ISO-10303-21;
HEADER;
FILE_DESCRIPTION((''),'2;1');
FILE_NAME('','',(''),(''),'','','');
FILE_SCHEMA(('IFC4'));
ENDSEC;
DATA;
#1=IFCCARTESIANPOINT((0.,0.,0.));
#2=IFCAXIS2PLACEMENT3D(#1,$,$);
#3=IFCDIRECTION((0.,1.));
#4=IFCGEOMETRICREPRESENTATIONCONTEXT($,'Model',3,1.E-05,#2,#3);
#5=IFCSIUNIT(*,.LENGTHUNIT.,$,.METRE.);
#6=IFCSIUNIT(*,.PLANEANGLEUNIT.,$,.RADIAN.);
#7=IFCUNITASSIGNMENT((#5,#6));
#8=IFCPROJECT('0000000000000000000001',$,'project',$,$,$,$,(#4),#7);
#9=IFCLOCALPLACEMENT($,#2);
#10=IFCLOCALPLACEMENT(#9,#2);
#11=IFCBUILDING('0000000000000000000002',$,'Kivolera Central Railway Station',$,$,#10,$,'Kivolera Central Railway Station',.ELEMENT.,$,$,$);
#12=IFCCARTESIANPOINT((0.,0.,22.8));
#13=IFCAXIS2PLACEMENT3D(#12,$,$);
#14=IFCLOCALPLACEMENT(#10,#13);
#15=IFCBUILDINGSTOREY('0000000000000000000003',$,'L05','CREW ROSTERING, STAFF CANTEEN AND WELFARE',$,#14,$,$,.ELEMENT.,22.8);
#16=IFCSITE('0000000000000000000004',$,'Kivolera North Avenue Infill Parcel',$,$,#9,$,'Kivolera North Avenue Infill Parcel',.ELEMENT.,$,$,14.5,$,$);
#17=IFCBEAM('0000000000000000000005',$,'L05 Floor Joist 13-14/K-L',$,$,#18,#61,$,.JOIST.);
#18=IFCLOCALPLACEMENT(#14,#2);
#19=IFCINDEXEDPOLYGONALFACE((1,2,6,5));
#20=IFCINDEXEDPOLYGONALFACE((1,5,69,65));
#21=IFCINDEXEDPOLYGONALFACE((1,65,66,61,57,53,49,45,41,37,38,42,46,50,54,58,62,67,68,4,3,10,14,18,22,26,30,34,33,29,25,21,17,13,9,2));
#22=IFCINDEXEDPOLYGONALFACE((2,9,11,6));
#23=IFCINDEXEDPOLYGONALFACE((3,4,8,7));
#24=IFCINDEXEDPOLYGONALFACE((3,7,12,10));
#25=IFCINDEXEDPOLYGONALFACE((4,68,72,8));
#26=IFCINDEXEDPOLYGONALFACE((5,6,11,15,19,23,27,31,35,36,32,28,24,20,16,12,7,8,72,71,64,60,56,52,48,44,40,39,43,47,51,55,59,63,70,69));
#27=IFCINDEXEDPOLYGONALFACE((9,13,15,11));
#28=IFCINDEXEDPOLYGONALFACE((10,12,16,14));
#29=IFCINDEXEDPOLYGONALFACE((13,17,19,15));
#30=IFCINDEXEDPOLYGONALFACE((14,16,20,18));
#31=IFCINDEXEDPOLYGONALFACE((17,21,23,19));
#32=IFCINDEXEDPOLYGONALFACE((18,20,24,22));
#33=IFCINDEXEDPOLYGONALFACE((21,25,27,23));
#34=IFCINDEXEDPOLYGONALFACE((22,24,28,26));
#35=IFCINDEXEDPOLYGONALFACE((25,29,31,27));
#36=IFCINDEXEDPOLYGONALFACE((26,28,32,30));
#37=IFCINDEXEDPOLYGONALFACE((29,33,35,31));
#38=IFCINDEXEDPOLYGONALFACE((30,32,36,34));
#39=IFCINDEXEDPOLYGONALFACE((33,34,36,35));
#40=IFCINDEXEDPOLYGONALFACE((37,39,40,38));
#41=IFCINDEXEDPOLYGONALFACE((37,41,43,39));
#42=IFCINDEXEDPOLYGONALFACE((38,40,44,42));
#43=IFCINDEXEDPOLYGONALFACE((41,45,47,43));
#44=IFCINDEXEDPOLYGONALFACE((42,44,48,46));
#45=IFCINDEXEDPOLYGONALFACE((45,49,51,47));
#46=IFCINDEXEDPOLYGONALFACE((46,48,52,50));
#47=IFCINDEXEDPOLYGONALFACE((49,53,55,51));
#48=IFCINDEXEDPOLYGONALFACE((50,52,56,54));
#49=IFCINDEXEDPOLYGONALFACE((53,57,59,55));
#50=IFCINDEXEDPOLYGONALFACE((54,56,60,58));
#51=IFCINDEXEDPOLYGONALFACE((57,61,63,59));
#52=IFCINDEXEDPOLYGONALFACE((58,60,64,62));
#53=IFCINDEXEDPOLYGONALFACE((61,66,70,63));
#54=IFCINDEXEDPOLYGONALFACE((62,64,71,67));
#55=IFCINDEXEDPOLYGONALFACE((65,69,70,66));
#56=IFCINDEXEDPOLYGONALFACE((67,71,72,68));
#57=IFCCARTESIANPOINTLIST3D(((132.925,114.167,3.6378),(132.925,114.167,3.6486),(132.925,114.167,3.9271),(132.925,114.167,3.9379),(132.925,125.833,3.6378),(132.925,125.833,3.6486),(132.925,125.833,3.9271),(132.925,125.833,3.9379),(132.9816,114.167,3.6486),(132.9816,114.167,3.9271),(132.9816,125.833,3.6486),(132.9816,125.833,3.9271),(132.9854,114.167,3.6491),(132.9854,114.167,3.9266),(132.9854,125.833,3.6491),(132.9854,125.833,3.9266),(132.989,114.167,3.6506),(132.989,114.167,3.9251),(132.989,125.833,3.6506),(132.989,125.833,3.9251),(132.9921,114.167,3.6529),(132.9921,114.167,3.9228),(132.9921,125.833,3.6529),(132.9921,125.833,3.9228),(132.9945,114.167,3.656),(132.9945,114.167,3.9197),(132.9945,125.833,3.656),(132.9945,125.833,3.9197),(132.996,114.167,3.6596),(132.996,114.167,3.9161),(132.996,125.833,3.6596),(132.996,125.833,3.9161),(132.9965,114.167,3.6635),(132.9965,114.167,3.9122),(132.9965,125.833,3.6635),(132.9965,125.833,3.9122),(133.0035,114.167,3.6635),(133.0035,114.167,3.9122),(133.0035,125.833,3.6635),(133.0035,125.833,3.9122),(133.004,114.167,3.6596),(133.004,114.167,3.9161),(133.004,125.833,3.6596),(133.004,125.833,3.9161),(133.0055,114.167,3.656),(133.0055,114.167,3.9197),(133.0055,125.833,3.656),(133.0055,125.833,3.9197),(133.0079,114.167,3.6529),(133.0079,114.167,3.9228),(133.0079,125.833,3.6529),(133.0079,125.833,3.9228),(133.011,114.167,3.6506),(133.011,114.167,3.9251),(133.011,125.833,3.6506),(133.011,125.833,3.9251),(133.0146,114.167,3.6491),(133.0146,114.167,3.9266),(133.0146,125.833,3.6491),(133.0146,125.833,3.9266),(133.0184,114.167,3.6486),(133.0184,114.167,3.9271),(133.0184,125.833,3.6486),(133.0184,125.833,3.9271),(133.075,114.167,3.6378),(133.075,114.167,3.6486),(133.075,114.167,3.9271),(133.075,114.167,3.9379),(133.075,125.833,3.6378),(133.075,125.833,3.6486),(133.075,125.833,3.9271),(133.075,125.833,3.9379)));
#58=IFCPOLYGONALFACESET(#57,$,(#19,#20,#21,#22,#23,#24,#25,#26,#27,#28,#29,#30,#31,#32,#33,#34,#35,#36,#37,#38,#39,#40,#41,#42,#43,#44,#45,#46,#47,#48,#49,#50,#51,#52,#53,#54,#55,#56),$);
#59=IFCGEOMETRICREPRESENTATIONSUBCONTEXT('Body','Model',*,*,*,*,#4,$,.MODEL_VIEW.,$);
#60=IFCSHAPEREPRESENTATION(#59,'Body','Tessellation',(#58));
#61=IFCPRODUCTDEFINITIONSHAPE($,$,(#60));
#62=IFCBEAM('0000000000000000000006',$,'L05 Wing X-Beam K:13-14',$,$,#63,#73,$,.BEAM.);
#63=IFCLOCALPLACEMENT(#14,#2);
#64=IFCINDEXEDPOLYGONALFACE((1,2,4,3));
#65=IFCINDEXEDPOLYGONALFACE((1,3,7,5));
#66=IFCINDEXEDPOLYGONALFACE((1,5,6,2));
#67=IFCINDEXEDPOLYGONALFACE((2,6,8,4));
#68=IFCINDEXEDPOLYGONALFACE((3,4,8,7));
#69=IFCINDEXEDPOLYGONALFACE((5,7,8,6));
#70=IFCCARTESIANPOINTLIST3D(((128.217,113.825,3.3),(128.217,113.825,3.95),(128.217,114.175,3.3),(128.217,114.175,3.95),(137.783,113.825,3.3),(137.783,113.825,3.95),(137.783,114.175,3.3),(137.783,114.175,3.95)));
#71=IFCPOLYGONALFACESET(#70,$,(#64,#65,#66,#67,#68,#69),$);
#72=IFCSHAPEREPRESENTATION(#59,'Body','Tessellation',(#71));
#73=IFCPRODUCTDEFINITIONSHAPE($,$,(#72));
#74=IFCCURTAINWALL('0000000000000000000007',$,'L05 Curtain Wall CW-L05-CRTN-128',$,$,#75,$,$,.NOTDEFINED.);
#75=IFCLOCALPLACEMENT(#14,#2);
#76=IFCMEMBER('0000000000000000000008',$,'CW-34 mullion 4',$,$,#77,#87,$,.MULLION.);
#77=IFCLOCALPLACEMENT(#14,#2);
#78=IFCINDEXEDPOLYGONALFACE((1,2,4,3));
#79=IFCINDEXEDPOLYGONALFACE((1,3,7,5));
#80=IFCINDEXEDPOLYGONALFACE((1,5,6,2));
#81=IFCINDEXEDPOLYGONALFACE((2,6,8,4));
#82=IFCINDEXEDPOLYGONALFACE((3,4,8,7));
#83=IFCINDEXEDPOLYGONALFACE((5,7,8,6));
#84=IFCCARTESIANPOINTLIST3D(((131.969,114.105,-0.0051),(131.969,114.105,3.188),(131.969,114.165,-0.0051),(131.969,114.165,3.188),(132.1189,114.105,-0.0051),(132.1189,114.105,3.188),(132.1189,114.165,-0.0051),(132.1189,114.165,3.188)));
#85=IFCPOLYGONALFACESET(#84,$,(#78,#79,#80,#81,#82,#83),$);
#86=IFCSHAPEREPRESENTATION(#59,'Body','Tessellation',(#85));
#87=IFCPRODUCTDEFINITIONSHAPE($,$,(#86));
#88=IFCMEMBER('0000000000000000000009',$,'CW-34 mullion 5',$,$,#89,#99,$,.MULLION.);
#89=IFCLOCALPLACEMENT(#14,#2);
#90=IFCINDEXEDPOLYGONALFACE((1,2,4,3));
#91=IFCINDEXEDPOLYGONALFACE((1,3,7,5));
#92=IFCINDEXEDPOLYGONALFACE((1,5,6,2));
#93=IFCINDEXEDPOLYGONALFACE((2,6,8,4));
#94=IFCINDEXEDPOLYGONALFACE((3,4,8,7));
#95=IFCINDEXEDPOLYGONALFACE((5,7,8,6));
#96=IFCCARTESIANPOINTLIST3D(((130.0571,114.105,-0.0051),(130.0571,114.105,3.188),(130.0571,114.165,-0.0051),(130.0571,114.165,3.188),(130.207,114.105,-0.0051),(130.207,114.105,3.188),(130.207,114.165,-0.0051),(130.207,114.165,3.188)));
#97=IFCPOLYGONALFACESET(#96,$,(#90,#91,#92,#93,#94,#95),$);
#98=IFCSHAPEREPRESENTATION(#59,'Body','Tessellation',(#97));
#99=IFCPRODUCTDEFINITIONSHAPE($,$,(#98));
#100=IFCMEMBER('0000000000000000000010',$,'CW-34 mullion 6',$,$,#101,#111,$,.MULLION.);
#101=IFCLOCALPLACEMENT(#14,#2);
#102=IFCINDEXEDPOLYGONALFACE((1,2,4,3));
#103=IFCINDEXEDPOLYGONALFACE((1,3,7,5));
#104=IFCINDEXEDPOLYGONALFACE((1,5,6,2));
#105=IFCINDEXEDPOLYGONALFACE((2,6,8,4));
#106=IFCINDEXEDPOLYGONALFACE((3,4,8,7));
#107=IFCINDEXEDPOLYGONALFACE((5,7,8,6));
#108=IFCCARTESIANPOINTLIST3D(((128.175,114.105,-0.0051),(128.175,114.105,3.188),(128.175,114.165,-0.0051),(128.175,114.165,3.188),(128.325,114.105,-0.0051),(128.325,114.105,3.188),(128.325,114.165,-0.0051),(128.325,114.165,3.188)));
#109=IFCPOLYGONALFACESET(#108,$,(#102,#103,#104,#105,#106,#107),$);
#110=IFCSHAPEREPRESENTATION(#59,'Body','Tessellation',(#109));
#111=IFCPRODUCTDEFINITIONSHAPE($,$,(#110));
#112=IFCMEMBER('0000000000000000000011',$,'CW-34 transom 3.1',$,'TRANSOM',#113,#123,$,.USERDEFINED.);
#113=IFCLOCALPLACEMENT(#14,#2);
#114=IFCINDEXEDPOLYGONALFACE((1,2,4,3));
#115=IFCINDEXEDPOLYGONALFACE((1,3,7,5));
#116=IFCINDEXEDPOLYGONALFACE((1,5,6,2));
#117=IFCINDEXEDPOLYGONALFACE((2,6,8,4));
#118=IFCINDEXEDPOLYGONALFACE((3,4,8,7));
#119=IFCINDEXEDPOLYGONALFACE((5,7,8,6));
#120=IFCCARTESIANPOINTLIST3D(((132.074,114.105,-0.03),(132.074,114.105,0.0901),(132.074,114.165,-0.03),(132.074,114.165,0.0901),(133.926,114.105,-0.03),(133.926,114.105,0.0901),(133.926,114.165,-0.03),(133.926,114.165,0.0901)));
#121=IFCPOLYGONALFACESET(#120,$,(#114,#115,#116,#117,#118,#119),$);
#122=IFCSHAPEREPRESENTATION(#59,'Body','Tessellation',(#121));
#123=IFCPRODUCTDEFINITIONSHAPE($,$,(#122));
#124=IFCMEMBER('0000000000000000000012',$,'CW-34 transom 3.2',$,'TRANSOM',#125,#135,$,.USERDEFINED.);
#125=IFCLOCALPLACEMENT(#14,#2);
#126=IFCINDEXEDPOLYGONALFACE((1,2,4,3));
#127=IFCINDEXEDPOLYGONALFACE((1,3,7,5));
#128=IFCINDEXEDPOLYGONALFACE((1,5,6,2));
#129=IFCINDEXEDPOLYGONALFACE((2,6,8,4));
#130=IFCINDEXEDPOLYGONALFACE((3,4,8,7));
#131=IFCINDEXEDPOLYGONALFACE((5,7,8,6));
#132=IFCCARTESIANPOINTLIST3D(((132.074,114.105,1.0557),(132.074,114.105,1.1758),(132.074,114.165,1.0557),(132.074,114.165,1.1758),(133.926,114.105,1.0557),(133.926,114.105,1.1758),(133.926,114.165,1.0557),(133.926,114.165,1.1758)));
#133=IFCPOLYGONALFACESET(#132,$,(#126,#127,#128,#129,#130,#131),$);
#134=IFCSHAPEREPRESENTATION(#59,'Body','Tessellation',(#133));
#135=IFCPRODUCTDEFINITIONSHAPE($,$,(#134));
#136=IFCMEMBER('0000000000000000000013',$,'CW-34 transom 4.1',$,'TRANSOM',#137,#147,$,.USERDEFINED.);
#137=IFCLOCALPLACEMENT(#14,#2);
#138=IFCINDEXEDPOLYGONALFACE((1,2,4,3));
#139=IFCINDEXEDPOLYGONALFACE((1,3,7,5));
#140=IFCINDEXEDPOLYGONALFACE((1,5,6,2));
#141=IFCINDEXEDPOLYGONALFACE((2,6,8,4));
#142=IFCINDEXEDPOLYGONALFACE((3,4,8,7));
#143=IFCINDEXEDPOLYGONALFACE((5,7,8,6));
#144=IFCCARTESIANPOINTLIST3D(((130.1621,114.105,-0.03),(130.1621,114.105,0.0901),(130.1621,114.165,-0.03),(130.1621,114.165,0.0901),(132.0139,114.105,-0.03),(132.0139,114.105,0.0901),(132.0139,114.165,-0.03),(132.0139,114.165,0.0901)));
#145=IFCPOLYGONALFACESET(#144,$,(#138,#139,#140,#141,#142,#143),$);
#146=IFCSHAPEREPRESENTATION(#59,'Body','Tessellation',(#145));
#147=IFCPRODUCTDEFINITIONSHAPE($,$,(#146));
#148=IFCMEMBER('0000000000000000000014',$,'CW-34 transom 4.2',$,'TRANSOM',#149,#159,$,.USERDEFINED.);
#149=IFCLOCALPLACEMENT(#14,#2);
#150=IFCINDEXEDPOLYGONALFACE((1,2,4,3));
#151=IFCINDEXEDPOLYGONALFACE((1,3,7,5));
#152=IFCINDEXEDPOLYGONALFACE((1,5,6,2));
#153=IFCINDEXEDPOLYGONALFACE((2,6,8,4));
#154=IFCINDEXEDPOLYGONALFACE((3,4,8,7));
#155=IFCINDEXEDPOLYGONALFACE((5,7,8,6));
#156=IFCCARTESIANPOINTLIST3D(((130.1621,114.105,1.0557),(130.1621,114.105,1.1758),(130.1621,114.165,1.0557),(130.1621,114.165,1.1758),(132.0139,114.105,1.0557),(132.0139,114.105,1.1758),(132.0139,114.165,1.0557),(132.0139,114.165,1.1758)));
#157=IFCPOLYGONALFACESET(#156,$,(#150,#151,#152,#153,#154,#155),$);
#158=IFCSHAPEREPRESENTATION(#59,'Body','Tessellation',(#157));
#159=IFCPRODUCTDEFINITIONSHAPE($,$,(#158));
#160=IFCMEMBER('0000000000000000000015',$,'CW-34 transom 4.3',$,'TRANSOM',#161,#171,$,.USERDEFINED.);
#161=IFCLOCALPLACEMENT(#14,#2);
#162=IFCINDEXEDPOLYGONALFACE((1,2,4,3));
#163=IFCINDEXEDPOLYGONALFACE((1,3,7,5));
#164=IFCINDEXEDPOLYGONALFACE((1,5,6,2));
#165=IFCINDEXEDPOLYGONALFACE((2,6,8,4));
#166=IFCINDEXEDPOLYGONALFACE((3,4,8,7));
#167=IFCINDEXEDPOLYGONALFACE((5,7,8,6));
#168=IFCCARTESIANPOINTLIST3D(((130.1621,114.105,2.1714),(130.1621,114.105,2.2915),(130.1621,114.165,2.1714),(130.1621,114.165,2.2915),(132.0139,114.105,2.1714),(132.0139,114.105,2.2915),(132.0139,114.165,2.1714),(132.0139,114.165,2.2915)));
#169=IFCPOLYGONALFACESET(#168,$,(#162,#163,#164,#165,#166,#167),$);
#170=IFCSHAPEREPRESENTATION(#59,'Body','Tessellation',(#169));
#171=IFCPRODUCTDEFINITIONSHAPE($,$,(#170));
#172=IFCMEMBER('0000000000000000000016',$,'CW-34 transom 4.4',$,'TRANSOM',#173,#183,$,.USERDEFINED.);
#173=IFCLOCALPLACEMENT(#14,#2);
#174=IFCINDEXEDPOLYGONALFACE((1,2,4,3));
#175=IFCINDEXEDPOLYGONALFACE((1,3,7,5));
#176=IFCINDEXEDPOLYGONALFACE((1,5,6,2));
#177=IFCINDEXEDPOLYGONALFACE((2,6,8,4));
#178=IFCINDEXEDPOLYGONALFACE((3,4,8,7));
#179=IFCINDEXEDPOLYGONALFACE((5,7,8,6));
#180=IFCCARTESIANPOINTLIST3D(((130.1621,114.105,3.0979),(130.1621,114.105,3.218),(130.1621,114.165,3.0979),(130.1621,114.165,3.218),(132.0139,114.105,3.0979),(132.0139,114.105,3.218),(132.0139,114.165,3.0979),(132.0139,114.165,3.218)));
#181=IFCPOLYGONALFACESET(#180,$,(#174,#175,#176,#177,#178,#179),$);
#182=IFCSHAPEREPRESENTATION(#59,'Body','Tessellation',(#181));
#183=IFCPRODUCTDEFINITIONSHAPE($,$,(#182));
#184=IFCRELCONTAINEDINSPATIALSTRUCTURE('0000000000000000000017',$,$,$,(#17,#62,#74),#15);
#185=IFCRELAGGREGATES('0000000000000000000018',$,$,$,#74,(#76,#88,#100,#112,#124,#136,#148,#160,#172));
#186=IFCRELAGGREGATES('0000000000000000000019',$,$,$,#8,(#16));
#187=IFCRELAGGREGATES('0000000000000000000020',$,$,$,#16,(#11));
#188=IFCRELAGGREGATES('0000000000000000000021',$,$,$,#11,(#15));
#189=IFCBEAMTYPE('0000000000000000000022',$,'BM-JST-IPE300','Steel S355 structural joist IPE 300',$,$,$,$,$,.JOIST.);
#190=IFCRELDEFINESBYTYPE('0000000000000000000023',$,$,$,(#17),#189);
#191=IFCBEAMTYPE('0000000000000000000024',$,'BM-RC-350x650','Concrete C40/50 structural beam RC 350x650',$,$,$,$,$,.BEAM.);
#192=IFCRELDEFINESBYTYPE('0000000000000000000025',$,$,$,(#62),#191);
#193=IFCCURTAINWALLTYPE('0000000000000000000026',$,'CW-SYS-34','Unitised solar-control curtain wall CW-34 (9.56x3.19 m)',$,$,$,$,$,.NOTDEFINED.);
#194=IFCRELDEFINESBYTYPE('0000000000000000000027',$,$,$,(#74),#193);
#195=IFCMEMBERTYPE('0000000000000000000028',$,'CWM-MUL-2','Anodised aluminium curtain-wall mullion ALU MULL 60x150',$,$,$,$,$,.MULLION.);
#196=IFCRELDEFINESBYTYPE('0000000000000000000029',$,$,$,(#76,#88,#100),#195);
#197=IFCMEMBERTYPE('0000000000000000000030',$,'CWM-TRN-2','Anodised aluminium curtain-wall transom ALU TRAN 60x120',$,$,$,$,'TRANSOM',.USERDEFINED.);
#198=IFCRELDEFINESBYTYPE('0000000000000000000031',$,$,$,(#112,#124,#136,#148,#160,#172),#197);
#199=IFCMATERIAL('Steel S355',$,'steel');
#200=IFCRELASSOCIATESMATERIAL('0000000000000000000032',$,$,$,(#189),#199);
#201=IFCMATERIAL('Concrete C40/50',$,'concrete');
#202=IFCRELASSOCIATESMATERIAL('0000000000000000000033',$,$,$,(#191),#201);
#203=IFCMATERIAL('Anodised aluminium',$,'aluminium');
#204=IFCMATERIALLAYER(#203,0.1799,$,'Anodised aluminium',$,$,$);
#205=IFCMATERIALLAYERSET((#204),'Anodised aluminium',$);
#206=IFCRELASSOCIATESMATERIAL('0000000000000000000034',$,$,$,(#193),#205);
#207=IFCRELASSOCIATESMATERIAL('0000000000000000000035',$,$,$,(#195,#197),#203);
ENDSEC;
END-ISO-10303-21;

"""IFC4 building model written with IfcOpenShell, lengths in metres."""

from ifc_helpers import new_model, si_unit, direction, frame, origin, origin_2d, place, context, subcontext, project, spatial, rectangle, i_section, extrude, material, layer, layer_set, material_profile, profile_set, type_object, element, aggregate, save


model = new_model("IFC4")

# Units and contexts
model_context = context("Model", 3, precision=1e-05, world=origin(), true_north=direction((0.0, 1.0)))
body_context = subcontext(model_context, "Body", "Model", "MODEL_VIEW")
ifc_project = project(units=[si_unit("LENGTHUNIT", "METRE"), si_unit("PLANEANGLEUNIT", "RADIAN")], contexts=[model_context])

# Site, building, storey
site_placement = place(None, origin())
site = spatial("IfcSite", under=ifc_project, at=site_placement, Name="Kivolera North Avenue Infill Parcel", LongName="Kivolera North Avenue Infill Parcel", CompositionType="ELEMENT", RefElevation=14.5)
building_placement = place(site_placement, origin())
building = spatial("IfcBuilding", under=site, at=building_placement, Name="Kivolera Central Railway Station", LongName="Kivolera Central Railway Station", CompositionType="ELEMENT")
storey_placement = place(building_placement, frame((0.0, 0.0, 22.8)))
storey = spatial("IfcBuildingStorey", under=building, at=storey_placement, Name="L05", Description="CREW ROSTERING, STAFF CANTEEN AND WELFARE", CompositionType="ELEMENT", Elevation=22.8)

# Beams
ifc_material_1 = material(Name="Steel S355", Category="steel")
ifc_material_profile_1 = material_profile(ifc_material_1, i_section(OverallWidth=0.1499, OverallDepth=0.3, WebThickness=0.0071, FlangeThickness=0.0107, FilletRadius=0.0149, at=origin_2d()), Name="IPE 300")
ifc_profile_set_1 = profile_set([ifc_material_profile_1], Name="Steel S355")
beam_type_1 = type_object("IfcBeamType", Name="BM-JST-IPE300", Description="Steel S355 structural joist IPE 300", PredefinedType="JOIST", material=ifc_profile_set_1)
beam_1_placement = place(storey_placement, frame((133.0, 114.167, 3.7878), z_axis=(0.0, 1.0, 0.0), x_axis=(-1.0, 0.0, 0.0)))
element("IfcBeam", 1, at=beam_1_placement, inside=storey, type_object=beam_type_1, Name="L05 Floor Joist 13-14/K-L", PredefinedType="JOIST", context=body_context, shape_type="SweptSolid", body=[
    extrude(i_section(OverallWidth=0.1499, OverallDepth=0.3, WebThickness=0.0071, FlangeThickness=0.0107, FilletRadius=0.0149, at=origin_2d()), origin(), (0.0, 0.0, 1.0), 11.666),
])
ifc_material_2 = material(Name="Concrete C40/50", Category="concrete")
ifc_material_profile_2 = material_profile(ifc_material_2, rectangle(XDim=0.3501, YDim=0.6499, at=origin_2d()), Name="RC 350x650")
ifc_profile_set_2 = profile_set([ifc_material_profile_2], Name="Concrete C40/50")
beam_type_2 = type_object("IfcBeamType", Name="BM-RC-350x650", Description="Concrete C40/50 structural beam RC 350x650", PredefinedType="BEAM", material=ifc_profile_set_2)
beam_2_placement = place(storey_placement, frame((128.217, 114.0, 3.625), z_axis=(1.0, 0.0, 0.0), x_axis=(0.0, 1.0, 0.0)))
element("IfcBeam", 2, at=beam_2_placement, inside=storey, type_object=beam_type_2, Name="L05 Wing X-Beam K:13-14", PredefinedType="BEAM", context=body_context, shape_type="SweptSolid", body=[
    extrude(rectangle(XDim=0.3501, YDim=0.6499, at=origin_2d()), origin(), (0.0, 0.0, 1.0), 9.5659),
])

# Curtain wall, members
ifc_material_3 = material(Name="Anodised aluminium", Category="aluminium")
ifc_layer_1 = layer(ifc_material_3, 0.1799, Name="Anodised aluminium")
ifc_layer_set_1 = layer_set([ifc_layer_1], Name="Anodised aluminium")
curtain_wall_type = type_object("IfcCurtainWallType", Name="CW-SYS-34", Description="Unitised solar-control curtain wall CW-34 (9.56x3.19 m)", PredefinedType="NOTDEFINED", material=ifc_layer_set_1)
curtain_wall_placement = place(storey_placement, origin())
curtain_wall = element("IfcCurtainWall", 3, at=curtain_wall_placement, inside=storey, type_object=curtain_wall_type, Name="L05 Curtain Wall CW-L05-CRTN-128", PredefinedType="NOTDEFINED")
ifc_material_profile_3 = material_profile(ifc_material_3, rectangle(XDim=0.0601, YDim=0.1499, at=origin_2d()), Name="ALU MULL 60x150")
ifc_profile_set_3 = profile_set([ifc_material_profile_3], Name="Anodised aluminium")
member_type_1 = type_object("IfcMemberType", Name="CWM-MUL-2", Description="Anodised aluminium curtain-wall mullion ALU MULL 60x150", PredefinedType="MULLION", material=ifc_profile_set_3)
member_1_placement = place(storey_placement, frame((132.0439, 114.135, -0.0051), z_axis=(0.0, 0.0, 1.0), x_axis=(0.0, -1.0, 0.0)))
member_1 = element("IfcMember", 4, at=member_1_placement, type_object=member_type_1, Name="CW-34 mullion 4", PredefinedType="MULLION", context=body_context, shape_type="SweptSolid", body=[
    extrude(rectangle(XDim=0.0601, YDim=0.1499, at=origin_2d()), origin(), (0.0, 0.0, 1.0), 3.1931),
])
member_2_placement = place(storey_placement, frame((130.1321, 114.135, -0.0051), z_axis=(0.0, 0.0, 1.0), x_axis=(0.0, -1.0, 0.0)))
member_2 = element("IfcMember", 5, at=member_2_placement, type_object=member_type_1, Name="CW-34 mullion 5", PredefinedType="MULLION", context=body_context, shape_type="SweptSolid", body=[
    extrude(rectangle(XDim=0.0601, YDim=0.1499, at=origin_2d()), origin(), (0.0, 0.0, 1.0), 3.1931),
])
member_3_placement = place(storey_placement, frame((128.25, 114.135, -0.0051), z_axis=(0.0, 0.0, 1.0), x_axis=(0.0, -1.0, 0.0)))
member_3 = element("IfcMember", 6, at=member_3_placement, type_object=member_type_1, Name="CW-34 mullion 6", PredefinedType="MULLION", context=body_context, shape_type="SweptSolid", body=[
    extrude(rectangle(XDim=0.0601, YDim=0.1499, at=origin_2d()), origin(), (0.0, 0.0, 1.0), 3.1931),
])
ifc_material_profile_4 = material_profile(ifc_material_3, rectangle(XDim=0.0601, YDim=0.1201, at=origin_2d()), Name="ALU TRAN 60x120")
ifc_profile_set_4 = profile_set([ifc_material_profile_4], Name="Anodised aluminium")
member_type_2 = type_object("IfcMemberType", Name="CWM-TRN-2", Description="Anodised aluminium curtain-wall transom ALU TRAN 60x120", ElementType="TRANSOM", PredefinedType="USERDEFINED", material=ifc_profile_set_4)
member_4_placement = place(storey_placement, frame((133.926, 114.135, 0.03), z_axis=(-1.0, 0.0, 0.0), x_axis=(0.0, -1.0, 0.0)))
member_4 = element("IfcMember", 7, at=member_4_placement, type_object=member_type_2, Name="CW-34 transom 3.1", ObjectType="TRANSOM", PredefinedType="USERDEFINED", context=body_context, shape_type="SweptSolid", body=[
    extrude(rectangle(XDim=0.0601, YDim=0.1201, at=origin_2d()), origin(), (0.0, 0.0, 1.0), 1.8521),
])
member_5_placement = place(storey_placement, frame((133.926, 114.135, 1.1157), z_axis=(-1.0, 0.0, 0.0), x_axis=(0.0, -1.0, 0.0)))
member_5 = element("IfcMember", 8, at=member_5_placement, type_object=member_type_2, Name="CW-34 transom 3.2", ObjectType="TRANSOM", PredefinedType="USERDEFINED", context=body_context, shape_type="SweptSolid", body=[
    extrude(rectangle(XDim=0.0601, YDim=0.1201, at=origin_2d()), origin(), (0.0, 0.0, 1.0), 1.8521),
])
member_6_placement = place(storey_placement, frame((132.0139, 114.135, 0.03), z_axis=(-1.0, 0.0, 0.0), x_axis=(0.0, -1.0, 0.0)))
member_6 = element("IfcMember", 9, at=member_6_placement, type_object=member_type_2, Name="CW-34 transom 4.1", ObjectType="TRANSOM", PredefinedType="USERDEFINED", context=body_context, shape_type="SweptSolid", body=[
    extrude(rectangle(XDim=0.0601, YDim=0.1201, at=origin_2d()), origin(), (0.0, 0.0, 1.0), 1.8518),
])
member_7_placement = place(storey_placement, frame((132.0139, 114.135, 1.1157), z_axis=(-1.0, 0.0, 0.0), x_axis=(0.0, -1.0, 0.0)))
member_7 = element("IfcMember", 10, at=member_7_placement, type_object=member_type_2, Name="CW-34 transom 4.2", ObjectType="TRANSOM", PredefinedType="USERDEFINED", context=body_context, shape_type="SweptSolid", body=[
    extrude(rectangle(XDim=0.0601, YDim=0.1201, at=origin_2d()), origin(), (0.0, 0.0, 1.0), 1.8518),
])
member_8_placement = place(storey_placement, frame((132.0139, 114.135, 2.2314), z_axis=(-1.0, 0.0, 0.0), x_axis=(0.0, -1.0, 0.0)))
member_8 = element("IfcMember", 11, at=member_8_placement, type_object=member_type_2, Name="CW-34 transom 4.3", ObjectType="TRANSOM", PredefinedType="USERDEFINED", context=body_context, shape_type="SweptSolid", body=[
    extrude(rectangle(XDim=0.0601, YDim=0.1201, at=origin_2d()), origin(), (0.0, 0.0, 1.0), 1.8518),
])
member_9_placement = place(storey_placement, frame((132.0139, 114.135, 3.158), z_axis=(-1.0, 0.0, 0.0), x_axis=(0.0, -1.0, 0.0)))
member_9 = element("IfcMember", 12, at=member_9_placement, type_object=member_type_2, Name="CW-34 transom 4.4", ObjectType="TRANSOM", PredefinedType="USERDEFINED", context=body_context, shape_type="SweptSolid", body=[
    extrude(rectangle(XDim=0.0601, YDim=0.1201, at=origin_2d()), origin(), (0.0, 0.0, 1.0), 1.8518),
])
aggregate(curtain_wall, [member_1, member_2, member_3, member_4, member_5, member_6, member_7, member_8, member_9])

save(model, "model.ifc")
